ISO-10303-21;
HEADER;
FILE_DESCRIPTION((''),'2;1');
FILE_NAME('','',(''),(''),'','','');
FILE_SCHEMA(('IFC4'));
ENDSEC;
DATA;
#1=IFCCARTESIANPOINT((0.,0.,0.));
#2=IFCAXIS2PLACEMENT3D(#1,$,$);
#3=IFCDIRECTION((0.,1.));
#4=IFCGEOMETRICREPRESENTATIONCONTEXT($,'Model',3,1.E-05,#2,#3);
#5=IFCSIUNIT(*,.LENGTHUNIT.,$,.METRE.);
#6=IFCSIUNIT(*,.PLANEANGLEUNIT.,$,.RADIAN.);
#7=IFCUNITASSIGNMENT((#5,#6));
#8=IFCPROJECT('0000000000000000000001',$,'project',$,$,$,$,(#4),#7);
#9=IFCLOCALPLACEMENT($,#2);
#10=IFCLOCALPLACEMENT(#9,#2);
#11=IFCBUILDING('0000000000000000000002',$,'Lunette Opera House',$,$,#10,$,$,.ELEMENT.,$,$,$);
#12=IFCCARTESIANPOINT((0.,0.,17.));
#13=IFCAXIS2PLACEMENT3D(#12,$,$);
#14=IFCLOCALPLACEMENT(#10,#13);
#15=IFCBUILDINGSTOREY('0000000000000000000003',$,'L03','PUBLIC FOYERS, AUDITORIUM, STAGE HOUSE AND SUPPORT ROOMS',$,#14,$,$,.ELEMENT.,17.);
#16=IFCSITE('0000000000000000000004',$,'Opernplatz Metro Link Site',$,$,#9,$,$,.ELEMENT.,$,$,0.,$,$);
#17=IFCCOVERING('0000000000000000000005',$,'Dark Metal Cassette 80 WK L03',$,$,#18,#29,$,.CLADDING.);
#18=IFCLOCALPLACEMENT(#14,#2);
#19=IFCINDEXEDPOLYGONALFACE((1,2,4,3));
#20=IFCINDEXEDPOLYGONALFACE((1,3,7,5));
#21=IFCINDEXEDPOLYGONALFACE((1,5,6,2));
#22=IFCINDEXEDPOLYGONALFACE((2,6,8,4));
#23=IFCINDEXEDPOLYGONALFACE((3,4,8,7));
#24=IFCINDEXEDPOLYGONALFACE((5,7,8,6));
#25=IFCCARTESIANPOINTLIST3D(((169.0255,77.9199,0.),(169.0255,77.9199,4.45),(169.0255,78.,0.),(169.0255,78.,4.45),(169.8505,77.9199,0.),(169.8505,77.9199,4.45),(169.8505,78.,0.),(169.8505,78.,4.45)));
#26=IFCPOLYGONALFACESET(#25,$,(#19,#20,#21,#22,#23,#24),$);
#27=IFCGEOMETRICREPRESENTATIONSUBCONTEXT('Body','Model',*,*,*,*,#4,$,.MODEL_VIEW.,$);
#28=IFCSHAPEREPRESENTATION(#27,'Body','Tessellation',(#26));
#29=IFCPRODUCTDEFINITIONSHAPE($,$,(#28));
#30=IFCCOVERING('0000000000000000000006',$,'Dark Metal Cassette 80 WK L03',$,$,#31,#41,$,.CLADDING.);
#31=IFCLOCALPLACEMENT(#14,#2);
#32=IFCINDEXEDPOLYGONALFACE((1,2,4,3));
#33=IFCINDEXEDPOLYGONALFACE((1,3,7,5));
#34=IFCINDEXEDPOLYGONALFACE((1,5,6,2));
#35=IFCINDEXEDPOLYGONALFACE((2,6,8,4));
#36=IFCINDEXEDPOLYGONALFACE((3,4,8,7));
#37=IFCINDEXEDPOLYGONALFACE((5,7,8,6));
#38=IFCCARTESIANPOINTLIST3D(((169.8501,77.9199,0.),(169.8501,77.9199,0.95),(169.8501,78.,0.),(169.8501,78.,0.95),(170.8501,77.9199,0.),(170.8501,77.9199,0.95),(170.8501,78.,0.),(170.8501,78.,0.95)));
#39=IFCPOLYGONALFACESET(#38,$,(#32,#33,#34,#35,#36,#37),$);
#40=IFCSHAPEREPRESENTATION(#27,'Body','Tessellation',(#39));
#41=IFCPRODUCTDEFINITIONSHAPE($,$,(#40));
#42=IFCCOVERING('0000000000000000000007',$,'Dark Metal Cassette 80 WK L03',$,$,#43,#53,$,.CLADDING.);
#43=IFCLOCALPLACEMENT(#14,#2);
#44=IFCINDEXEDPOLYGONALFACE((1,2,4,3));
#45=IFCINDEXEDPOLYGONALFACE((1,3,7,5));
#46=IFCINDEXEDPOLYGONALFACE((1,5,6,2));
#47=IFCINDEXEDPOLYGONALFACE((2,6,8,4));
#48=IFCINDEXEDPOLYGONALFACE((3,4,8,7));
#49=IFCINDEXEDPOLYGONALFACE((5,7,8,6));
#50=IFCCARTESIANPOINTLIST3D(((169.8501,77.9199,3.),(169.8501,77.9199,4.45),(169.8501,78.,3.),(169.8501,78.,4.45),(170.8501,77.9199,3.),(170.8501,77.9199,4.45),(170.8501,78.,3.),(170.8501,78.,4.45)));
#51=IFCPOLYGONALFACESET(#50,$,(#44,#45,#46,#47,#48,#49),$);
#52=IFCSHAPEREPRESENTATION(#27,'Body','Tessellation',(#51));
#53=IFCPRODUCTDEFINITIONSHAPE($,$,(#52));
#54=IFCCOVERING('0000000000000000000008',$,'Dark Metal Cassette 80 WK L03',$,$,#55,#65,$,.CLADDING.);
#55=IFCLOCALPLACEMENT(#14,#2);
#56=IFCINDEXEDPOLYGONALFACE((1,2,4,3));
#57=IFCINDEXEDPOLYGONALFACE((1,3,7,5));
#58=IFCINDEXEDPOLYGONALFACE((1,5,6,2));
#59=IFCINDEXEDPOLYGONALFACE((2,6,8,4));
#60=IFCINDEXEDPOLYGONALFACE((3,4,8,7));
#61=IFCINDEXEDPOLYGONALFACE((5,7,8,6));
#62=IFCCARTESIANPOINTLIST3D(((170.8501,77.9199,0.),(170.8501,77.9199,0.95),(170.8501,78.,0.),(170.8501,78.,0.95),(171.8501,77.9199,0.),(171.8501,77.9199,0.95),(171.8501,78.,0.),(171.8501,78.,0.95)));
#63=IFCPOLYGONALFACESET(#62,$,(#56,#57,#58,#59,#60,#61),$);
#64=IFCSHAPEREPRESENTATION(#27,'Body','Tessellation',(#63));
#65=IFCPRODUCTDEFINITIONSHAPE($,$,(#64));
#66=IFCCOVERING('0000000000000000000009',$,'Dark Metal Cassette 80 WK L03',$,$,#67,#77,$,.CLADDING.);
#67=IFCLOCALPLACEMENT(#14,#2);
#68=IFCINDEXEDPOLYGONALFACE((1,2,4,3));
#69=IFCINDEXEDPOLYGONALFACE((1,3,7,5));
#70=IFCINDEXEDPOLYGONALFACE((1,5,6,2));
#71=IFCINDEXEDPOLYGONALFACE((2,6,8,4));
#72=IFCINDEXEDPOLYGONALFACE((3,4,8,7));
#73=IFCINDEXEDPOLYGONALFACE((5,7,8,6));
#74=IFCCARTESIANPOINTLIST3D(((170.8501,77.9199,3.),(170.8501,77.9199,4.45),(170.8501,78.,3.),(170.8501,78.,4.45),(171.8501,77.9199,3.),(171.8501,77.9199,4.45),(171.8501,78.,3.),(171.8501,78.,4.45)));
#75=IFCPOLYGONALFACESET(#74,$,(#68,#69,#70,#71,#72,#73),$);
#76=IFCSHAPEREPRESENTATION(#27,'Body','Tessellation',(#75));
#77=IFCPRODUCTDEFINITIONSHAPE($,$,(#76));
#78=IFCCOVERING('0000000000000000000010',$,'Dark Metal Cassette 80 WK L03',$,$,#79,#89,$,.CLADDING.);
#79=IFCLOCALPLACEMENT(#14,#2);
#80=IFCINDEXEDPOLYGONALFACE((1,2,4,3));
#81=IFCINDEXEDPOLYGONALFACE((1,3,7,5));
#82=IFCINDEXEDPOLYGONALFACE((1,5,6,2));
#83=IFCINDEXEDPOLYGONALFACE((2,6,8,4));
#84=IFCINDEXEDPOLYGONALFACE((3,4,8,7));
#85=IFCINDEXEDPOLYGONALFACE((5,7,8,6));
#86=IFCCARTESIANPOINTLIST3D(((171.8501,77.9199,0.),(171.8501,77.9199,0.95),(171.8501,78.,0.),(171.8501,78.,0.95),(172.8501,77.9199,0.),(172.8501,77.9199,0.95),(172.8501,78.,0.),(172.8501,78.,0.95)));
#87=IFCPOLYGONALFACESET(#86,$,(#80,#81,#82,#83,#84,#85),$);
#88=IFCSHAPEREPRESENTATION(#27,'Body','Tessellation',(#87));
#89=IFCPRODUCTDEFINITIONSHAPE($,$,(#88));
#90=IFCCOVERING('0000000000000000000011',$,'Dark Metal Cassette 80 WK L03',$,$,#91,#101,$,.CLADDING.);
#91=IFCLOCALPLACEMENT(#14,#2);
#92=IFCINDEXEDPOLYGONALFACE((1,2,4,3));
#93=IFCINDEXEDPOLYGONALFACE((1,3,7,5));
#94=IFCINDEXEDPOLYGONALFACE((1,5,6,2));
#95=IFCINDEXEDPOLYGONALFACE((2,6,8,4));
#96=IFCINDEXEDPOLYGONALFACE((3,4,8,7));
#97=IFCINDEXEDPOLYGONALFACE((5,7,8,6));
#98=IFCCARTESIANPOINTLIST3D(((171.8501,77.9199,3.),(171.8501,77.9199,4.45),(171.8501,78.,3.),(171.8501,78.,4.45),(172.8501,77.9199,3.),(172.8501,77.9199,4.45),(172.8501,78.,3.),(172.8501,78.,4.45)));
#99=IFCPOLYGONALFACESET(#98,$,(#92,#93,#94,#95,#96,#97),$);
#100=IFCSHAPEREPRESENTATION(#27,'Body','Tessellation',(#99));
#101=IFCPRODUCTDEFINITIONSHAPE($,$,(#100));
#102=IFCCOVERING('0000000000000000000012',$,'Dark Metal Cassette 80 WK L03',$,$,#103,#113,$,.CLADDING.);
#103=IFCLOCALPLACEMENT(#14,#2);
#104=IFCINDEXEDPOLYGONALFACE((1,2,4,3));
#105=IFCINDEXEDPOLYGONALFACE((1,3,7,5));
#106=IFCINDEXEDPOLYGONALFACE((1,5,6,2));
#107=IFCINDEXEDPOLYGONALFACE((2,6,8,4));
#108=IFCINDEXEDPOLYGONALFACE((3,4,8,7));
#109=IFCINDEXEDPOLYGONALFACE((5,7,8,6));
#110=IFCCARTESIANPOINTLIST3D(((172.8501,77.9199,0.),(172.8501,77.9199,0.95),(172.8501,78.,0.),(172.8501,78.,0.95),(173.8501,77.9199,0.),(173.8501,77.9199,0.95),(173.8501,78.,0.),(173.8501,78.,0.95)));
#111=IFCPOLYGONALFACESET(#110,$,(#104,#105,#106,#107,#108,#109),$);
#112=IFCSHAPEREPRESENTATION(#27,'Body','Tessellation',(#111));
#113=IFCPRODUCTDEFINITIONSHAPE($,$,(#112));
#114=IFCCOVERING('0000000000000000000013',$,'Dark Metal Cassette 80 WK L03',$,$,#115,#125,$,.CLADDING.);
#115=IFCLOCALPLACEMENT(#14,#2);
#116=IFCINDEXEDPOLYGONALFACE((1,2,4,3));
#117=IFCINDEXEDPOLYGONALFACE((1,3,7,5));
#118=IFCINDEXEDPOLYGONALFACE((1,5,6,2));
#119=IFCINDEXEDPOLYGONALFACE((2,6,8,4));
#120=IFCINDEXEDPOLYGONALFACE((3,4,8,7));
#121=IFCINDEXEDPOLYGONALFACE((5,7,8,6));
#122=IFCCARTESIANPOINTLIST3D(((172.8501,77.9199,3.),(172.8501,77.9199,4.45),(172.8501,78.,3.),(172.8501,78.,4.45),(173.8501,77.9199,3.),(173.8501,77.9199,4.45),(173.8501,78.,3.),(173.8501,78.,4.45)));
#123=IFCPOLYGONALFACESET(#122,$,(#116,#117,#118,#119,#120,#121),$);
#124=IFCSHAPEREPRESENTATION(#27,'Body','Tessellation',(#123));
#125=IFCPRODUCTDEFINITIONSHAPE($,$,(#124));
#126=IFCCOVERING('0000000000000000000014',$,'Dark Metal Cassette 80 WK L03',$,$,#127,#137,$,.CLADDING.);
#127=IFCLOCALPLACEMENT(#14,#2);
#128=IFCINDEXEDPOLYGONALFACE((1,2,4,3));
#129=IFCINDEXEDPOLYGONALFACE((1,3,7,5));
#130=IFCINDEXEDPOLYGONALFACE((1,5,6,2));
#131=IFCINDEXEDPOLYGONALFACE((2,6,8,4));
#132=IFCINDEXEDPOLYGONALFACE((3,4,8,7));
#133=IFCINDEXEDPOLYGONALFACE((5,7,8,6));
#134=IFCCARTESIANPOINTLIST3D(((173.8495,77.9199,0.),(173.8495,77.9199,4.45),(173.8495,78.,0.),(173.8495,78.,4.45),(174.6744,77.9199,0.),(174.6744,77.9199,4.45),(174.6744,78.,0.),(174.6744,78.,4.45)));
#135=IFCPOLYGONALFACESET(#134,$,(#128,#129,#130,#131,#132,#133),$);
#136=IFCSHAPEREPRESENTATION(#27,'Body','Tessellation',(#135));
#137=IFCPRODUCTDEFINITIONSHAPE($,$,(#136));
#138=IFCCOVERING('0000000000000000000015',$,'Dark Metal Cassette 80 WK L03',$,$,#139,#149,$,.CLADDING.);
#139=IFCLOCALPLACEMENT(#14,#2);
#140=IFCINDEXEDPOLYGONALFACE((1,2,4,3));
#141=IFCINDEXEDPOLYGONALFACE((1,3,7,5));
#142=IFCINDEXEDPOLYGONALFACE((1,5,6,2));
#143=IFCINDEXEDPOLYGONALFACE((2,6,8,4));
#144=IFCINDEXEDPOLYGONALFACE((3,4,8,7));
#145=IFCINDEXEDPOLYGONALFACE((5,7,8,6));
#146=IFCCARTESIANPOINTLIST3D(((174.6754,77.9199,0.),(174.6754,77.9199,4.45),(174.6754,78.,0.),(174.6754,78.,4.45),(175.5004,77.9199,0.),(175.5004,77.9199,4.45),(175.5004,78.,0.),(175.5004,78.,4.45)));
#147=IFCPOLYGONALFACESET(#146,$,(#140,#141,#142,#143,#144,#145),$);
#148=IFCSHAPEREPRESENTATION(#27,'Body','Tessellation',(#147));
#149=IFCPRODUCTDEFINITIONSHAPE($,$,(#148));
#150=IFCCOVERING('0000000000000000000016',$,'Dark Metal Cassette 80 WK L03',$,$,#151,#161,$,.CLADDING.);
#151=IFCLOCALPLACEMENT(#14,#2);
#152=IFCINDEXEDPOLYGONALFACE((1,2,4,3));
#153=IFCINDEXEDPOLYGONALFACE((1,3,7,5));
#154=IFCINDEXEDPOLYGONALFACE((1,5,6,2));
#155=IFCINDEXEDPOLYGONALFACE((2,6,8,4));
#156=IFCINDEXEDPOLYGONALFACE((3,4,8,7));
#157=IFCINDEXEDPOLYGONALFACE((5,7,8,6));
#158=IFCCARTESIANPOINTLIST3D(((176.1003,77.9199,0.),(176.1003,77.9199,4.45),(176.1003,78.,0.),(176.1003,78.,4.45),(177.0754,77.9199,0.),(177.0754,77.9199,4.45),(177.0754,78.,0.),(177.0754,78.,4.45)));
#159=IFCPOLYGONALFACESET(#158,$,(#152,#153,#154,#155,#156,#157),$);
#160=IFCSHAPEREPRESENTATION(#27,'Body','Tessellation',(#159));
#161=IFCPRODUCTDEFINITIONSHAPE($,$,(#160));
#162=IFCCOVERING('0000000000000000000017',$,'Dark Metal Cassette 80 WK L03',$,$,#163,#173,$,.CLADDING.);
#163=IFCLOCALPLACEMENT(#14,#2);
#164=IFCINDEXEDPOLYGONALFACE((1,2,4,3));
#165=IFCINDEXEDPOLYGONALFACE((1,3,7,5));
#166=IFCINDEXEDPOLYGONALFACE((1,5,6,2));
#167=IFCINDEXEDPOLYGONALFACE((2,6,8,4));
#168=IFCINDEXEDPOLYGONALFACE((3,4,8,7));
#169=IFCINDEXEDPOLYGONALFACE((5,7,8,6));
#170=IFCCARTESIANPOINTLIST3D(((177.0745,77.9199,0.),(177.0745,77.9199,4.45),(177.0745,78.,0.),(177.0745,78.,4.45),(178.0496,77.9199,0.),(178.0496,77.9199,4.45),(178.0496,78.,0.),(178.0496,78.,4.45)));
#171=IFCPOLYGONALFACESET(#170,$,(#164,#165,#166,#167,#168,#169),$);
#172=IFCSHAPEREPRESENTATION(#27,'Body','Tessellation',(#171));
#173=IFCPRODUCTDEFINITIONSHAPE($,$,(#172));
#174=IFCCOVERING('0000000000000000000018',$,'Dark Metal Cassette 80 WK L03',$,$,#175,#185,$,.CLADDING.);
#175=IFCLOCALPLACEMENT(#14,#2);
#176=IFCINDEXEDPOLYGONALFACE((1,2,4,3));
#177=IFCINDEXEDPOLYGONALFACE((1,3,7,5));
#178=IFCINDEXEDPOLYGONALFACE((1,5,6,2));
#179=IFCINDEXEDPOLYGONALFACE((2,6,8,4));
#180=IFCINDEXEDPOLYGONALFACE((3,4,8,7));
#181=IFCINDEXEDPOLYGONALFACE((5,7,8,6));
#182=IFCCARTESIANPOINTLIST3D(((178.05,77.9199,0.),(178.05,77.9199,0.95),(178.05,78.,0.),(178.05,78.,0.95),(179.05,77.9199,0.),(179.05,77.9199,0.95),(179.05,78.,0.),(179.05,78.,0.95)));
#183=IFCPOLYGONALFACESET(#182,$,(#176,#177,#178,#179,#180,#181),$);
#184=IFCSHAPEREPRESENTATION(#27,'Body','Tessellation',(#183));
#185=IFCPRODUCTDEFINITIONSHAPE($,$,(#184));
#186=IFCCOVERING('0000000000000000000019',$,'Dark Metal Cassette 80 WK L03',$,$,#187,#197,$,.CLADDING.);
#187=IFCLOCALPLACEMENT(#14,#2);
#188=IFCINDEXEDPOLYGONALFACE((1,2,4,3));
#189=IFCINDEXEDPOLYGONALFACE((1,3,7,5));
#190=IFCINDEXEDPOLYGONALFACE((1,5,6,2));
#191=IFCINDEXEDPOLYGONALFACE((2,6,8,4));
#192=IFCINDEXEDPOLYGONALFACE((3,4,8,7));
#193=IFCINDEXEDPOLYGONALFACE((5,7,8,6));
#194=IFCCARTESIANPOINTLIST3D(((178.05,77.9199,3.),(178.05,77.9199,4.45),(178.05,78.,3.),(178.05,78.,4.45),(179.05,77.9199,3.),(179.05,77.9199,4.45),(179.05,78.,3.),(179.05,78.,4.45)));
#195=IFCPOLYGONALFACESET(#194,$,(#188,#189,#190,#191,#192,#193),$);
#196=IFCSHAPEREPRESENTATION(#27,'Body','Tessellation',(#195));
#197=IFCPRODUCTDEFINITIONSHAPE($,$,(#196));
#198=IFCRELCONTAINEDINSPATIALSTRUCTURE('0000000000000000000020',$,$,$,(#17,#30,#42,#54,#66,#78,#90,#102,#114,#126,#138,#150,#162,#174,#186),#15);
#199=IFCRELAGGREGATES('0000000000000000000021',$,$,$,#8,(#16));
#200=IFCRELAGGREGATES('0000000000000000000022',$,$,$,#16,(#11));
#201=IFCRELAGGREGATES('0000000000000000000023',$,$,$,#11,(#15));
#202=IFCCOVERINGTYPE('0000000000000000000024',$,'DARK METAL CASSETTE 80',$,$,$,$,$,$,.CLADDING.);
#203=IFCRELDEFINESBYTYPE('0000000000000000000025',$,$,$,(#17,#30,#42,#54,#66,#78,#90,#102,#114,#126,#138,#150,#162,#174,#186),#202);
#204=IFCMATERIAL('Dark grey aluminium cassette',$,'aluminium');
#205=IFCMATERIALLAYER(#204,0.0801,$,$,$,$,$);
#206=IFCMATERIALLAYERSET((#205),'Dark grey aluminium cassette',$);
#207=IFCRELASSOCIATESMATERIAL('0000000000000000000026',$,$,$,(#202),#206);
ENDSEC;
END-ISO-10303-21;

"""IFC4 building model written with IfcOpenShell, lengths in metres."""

from ifc_helpers import new_model, si_unit, direction, frame, origin, origin_2d, place, context, subcontext, project, spatial, rectangle, extrude, material, layer, layer_set, type_object, element, save


model = new_model("IFC4")

# Units and contexts
model_context = context("Model", 3, precision=1e-05, world=origin(), true_north=direction((0.0, 1.0)))
body_context = subcontext(model_context, "Body", "Model", "MODEL_VIEW")
ifc_project = project(units=[si_unit("LENGTHUNIT", "METRE"), si_unit("PLANEANGLEUNIT", "RADIAN")], contexts=[model_context])

# Site, building, storey
site_placement = place(None, origin())
site = spatial("IfcSite", under=ifc_project, at=site_placement, Name="Opernplatz Metro Link Site", CompositionType="ELEMENT", RefElevation=0.0)
building_placement = place(site_placement, origin())
building = spatial("IfcBuilding", under=site, at=building_placement, Name="Lunette Opera House", CompositionType="ELEMENT")
storey_placement = place(building_placement, frame((0.0, 0.0, 17.0)))
storey = spatial("IfcBuildingStorey", under=building, at=storey_placement, Name="L03", Description="PUBLIC FOYERS, AUDITORIUM, STAGE HOUSE AND SUPPORT ROOMS", CompositionType="ELEMENT", Elevation=17.0)

# Coverings
ifc_material_1 = material(Name="Dark grey aluminium cassette", Category="aluminium")
ifc_layer_1 = layer(ifc_material_1, 0.0801)
ifc_layer_set_1 = layer_set([ifc_layer_1], Name="Dark grey aluminium cassette")
covering_type = type_object("IfcCoveringType", Name="DARK METAL CASSETTE 80", PredefinedType="CLADDING", material=ifc_layer_set_1)
for number, where, z_axis, x_axis, name in (
    (1, (169.438, 77.96, 0.0), (0.0, 0.0, 1.0), (1.0, 0.0, 0.0), "Dark Metal Cassette 80 WK L03"),
):
    element("IfcCovering", number, at=place(storey_placement, frame(where, z_axis=z_axis, x_axis=x_axis)), inside=storey, type_object=covering_type, Name=name, PredefinedType="CLADDING", context=body_context, shape_type="SweptSolid", body=[
        extrude(rectangle(XDim=0.825, YDim=0.0801, at=origin_2d()), origin(), (0.0, 0.0, 1.0), 4.45),
    ])
covering_1_placement = place(storey_placement, frame((170.3501, 77.96, 0.0), z_axis=(0.0, 0.0, 1.0), x_axis=(1.0, 0.0, 0.0)))
element("IfcCovering", 2, at=covering_1_placement, inside=storey, type_object=covering_type, Name="Dark Metal Cassette 80 WK L03", PredefinedType="CLADDING", context=body_context, shape_type="SweptSolid", body=[
    extrude(rectangle(XDim=1.0, YDim=0.0801, at=origin_2d()), origin(), (0.0, 0.0, 1.0), 0.95),
])
covering_2_placement = place(storey_placement, frame((170.3501, 77.96, 3.0), z_axis=(0.0, 0.0, 1.0), x_axis=(1.0, 0.0, 0.0)))
element("IfcCovering", 3, at=covering_2_placement, inside=storey, type_object=covering_type, Name="Dark Metal Cassette 80 WK L03", PredefinedType="CLADDING", context=body_context, shape_type="SweptSolid", body=[
    extrude(rectangle(XDim=1.0, YDim=0.0801, at=origin_2d()), origin(), (0.0, 0.0, 1.0), 1.45),
])
covering_3_placement = place(storey_placement, frame((171.3501, 77.96, 0.0), z_axis=(0.0, 0.0, 1.0), x_axis=(1.0, 0.0, 0.0)))
element("IfcCovering", 4, at=covering_3_placement, inside=storey, type_object=covering_type, Name="Dark Metal Cassette 80 WK L03", PredefinedType="CLADDING", context=body_context, shape_type="SweptSolid", body=[
    extrude(rectangle(XDim=1.0, YDim=0.0801, at=origin_2d()), origin(), (0.0, 0.0, 1.0), 0.95),
])
covering_4_placement = place(storey_placement, frame((171.3501, 77.96, 3.0), z_axis=(0.0, 0.0, 1.0), x_axis=(1.0, 0.0, 0.0)))
element("IfcCovering", 5, at=covering_4_placement, inside=storey, type_object=covering_type, Name="Dark Metal Cassette 80 WK L03", PredefinedType="CLADDING", context=body_context, shape_type="SweptSolid", body=[
    extrude(rectangle(XDim=1.0, YDim=0.0801, at=origin_2d()), origin(), (0.0, 0.0, 1.0), 1.45),
])
covering_5_placement = place(storey_placement, frame((172.3501, 77.96, 0.0), z_axis=(0.0, 0.0, 1.0), x_axis=(1.0, 0.0, 0.0)))
element("IfcCovering", 6, at=covering_5_placement, inside=storey, type_object=covering_type, Name="Dark Metal Cassette 80 WK L03", PredefinedType="CLADDING", context=body_context, shape_type="SweptSolid", body=[
    extrude(rectangle(XDim=1.0, YDim=0.0801, at=origin_2d()), origin(), (0.0, 0.0, 1.0), 0.95),
])
covering_6_placement = place(storey_placement, frame((172.3501, 77.96, 3.0), z_axis=(0.0, 0.0, 1.0), x_axis=(1.0, 0.0, 0.0)))
element("IfcCovering", 7, at=covering_6_placement, inside=storey, type_object=covering_type, Name="Dark Metal Cassette 80 WK L03", PredefinedType="CLADDING", context=body_context, shape_type="SweptSolid", body=[
    extrude(rectangle(XDim=1.0, YDim=0.0801, at=origin_2d()), origin(), (0.0, 0.0, 1.0), 1.45),
])
covering_7_placement = place(storey_placement, frame((173.3501, 77.96, 0.0), z_axis=(0.0, 0.0, 1.0), x_axis=(1.0, 0.0, 0.0)))
element("IfcCovering", 8, at=covering_7_placement, inside=storey, type_object=covering_type, Name="Dark Metal Cassette 80 WK L03", PredefinedType="CLADDING", context=body_context, shape_type="SweptSolid", body=[
    extrude(rectangle(XDim=1.0, YDim=0.0801, at=origin_2d()), origin(), (0.0, 0.0, 1.0), 0.95),
])
covering_8_placement = place(storey_placement, frame((173.3501, 77.96, 3.0), z_axis=(0.0, 0.0, 1.0), x_axis=(1.0, 0.0, 0.0)))
element("IfcCovering", 9, at=covering_8_placement, inside=storey, type_object=covering_type, Name="Dark Metal Cassette 80 WK L03", PredefinedType="CLADDING", context=body_context, shape_type="SweptSolid", body=[
    extrude(rectangle(XDim=1.0, YDim=0.0801, at=origin_2d()), origin(), (0.0, 0.0, 1.0), 1.45),
])
for number, where, z_axis, x_axis, name in (
    (10, (174.262, 77.96, 0.0), (0.0, 0.0, 1.0), (1.0, 0.0, 0.0), "Dark Metal Cassette 80 WK L03"),
    (11, (175.0879, 77.96, 0.0), (0.0, 0.0, 1.0), (1.0, 0.0, 0.0), "Dark Metal Cassette 80 WK L03"),
):
    element("IfcCovering", number, at=place(storey_placement, frame(where, z_axis=z_axis, x_axis=x_axis)), inside=storey, type_object=covering_type, Name=name, PredefinedType="CLADDING", context=body_context, shape_type="SweptSolid", body=[
        extrude(rectangle(XDim=0.825, YDim=0.0801, at=origin_2d()), origin(), (0.0, 0.0, 1.0), 4.45),
    ])
for number, where, z_axis, x_axis, name in (
    (12, (176.5879, 77.96, 0.0), (0.0, 0.0, 1.0), (1.0, 0.0, 0.0), "Dark Metal Cassette 80 WK L03"),
    (13, (177.562, 77.96, 0.0), (0.0, 0.0, 1.0), (1.0, 0.0, 0.0), "Dark Metal Cassette 80 WK L03"),
):
    element("IfcCovering", number, at=place(storey_placement, frame(where, z_axis=z_axis, x_axis=x_axis)), inside=storey, type_object=covering_type, Name=name, PredefinedType="CLADDING", context=body_context, shape_type="SweptSolid", body=[
        extrude(rectangle(XDim=0.9751, YDim=0.0801, at=origin_2d()), origin(), (0.0, 0.0, 1.0), 4.45),
    ])
covering_9_placement = place(storey_placement, frame((178.55, 77.96, 0.0), z_axis=(0.0, 0.0, 1.0), x_axis=(1.0, 0.0, 0.0)))
element("IfcCovering", 14, at=covering_9_placement, inside=storey, type_object=covering_type, Name="Dark Metal Cassette 80 WK L03", PredefinedType="CLADDING", context=body_context, shape_type="SweptSolid", body=[
    extrude(rectangle(XDim=1.0, YDim=0.0801, at=origin_2d()), origin(), (0.0, 0.0, 1.0), 0.95),
])
covering_10_placement = place(storey_placement, frame((178.55, 77.96, 3.0), z_axis=(0.0, 0.0, 1.0), x_axis=(1.0, 0.0, 0.0)))
element("IfcCovering", 15, at=covering_10_placement, inside=storey, type_object=covering_type, Name="Dark Metal Cassette 80 WK L03", PredefinedType="CLADDING", context=body_context, shape_type="SweptSolid", body=[
    extrude(rectangle(XDim=1.0, YDim=0.0801, at=origin_2d()), origin(), (0.0, 0.0, 1.0), 1.45),
])

save(model, "model.ifc")
